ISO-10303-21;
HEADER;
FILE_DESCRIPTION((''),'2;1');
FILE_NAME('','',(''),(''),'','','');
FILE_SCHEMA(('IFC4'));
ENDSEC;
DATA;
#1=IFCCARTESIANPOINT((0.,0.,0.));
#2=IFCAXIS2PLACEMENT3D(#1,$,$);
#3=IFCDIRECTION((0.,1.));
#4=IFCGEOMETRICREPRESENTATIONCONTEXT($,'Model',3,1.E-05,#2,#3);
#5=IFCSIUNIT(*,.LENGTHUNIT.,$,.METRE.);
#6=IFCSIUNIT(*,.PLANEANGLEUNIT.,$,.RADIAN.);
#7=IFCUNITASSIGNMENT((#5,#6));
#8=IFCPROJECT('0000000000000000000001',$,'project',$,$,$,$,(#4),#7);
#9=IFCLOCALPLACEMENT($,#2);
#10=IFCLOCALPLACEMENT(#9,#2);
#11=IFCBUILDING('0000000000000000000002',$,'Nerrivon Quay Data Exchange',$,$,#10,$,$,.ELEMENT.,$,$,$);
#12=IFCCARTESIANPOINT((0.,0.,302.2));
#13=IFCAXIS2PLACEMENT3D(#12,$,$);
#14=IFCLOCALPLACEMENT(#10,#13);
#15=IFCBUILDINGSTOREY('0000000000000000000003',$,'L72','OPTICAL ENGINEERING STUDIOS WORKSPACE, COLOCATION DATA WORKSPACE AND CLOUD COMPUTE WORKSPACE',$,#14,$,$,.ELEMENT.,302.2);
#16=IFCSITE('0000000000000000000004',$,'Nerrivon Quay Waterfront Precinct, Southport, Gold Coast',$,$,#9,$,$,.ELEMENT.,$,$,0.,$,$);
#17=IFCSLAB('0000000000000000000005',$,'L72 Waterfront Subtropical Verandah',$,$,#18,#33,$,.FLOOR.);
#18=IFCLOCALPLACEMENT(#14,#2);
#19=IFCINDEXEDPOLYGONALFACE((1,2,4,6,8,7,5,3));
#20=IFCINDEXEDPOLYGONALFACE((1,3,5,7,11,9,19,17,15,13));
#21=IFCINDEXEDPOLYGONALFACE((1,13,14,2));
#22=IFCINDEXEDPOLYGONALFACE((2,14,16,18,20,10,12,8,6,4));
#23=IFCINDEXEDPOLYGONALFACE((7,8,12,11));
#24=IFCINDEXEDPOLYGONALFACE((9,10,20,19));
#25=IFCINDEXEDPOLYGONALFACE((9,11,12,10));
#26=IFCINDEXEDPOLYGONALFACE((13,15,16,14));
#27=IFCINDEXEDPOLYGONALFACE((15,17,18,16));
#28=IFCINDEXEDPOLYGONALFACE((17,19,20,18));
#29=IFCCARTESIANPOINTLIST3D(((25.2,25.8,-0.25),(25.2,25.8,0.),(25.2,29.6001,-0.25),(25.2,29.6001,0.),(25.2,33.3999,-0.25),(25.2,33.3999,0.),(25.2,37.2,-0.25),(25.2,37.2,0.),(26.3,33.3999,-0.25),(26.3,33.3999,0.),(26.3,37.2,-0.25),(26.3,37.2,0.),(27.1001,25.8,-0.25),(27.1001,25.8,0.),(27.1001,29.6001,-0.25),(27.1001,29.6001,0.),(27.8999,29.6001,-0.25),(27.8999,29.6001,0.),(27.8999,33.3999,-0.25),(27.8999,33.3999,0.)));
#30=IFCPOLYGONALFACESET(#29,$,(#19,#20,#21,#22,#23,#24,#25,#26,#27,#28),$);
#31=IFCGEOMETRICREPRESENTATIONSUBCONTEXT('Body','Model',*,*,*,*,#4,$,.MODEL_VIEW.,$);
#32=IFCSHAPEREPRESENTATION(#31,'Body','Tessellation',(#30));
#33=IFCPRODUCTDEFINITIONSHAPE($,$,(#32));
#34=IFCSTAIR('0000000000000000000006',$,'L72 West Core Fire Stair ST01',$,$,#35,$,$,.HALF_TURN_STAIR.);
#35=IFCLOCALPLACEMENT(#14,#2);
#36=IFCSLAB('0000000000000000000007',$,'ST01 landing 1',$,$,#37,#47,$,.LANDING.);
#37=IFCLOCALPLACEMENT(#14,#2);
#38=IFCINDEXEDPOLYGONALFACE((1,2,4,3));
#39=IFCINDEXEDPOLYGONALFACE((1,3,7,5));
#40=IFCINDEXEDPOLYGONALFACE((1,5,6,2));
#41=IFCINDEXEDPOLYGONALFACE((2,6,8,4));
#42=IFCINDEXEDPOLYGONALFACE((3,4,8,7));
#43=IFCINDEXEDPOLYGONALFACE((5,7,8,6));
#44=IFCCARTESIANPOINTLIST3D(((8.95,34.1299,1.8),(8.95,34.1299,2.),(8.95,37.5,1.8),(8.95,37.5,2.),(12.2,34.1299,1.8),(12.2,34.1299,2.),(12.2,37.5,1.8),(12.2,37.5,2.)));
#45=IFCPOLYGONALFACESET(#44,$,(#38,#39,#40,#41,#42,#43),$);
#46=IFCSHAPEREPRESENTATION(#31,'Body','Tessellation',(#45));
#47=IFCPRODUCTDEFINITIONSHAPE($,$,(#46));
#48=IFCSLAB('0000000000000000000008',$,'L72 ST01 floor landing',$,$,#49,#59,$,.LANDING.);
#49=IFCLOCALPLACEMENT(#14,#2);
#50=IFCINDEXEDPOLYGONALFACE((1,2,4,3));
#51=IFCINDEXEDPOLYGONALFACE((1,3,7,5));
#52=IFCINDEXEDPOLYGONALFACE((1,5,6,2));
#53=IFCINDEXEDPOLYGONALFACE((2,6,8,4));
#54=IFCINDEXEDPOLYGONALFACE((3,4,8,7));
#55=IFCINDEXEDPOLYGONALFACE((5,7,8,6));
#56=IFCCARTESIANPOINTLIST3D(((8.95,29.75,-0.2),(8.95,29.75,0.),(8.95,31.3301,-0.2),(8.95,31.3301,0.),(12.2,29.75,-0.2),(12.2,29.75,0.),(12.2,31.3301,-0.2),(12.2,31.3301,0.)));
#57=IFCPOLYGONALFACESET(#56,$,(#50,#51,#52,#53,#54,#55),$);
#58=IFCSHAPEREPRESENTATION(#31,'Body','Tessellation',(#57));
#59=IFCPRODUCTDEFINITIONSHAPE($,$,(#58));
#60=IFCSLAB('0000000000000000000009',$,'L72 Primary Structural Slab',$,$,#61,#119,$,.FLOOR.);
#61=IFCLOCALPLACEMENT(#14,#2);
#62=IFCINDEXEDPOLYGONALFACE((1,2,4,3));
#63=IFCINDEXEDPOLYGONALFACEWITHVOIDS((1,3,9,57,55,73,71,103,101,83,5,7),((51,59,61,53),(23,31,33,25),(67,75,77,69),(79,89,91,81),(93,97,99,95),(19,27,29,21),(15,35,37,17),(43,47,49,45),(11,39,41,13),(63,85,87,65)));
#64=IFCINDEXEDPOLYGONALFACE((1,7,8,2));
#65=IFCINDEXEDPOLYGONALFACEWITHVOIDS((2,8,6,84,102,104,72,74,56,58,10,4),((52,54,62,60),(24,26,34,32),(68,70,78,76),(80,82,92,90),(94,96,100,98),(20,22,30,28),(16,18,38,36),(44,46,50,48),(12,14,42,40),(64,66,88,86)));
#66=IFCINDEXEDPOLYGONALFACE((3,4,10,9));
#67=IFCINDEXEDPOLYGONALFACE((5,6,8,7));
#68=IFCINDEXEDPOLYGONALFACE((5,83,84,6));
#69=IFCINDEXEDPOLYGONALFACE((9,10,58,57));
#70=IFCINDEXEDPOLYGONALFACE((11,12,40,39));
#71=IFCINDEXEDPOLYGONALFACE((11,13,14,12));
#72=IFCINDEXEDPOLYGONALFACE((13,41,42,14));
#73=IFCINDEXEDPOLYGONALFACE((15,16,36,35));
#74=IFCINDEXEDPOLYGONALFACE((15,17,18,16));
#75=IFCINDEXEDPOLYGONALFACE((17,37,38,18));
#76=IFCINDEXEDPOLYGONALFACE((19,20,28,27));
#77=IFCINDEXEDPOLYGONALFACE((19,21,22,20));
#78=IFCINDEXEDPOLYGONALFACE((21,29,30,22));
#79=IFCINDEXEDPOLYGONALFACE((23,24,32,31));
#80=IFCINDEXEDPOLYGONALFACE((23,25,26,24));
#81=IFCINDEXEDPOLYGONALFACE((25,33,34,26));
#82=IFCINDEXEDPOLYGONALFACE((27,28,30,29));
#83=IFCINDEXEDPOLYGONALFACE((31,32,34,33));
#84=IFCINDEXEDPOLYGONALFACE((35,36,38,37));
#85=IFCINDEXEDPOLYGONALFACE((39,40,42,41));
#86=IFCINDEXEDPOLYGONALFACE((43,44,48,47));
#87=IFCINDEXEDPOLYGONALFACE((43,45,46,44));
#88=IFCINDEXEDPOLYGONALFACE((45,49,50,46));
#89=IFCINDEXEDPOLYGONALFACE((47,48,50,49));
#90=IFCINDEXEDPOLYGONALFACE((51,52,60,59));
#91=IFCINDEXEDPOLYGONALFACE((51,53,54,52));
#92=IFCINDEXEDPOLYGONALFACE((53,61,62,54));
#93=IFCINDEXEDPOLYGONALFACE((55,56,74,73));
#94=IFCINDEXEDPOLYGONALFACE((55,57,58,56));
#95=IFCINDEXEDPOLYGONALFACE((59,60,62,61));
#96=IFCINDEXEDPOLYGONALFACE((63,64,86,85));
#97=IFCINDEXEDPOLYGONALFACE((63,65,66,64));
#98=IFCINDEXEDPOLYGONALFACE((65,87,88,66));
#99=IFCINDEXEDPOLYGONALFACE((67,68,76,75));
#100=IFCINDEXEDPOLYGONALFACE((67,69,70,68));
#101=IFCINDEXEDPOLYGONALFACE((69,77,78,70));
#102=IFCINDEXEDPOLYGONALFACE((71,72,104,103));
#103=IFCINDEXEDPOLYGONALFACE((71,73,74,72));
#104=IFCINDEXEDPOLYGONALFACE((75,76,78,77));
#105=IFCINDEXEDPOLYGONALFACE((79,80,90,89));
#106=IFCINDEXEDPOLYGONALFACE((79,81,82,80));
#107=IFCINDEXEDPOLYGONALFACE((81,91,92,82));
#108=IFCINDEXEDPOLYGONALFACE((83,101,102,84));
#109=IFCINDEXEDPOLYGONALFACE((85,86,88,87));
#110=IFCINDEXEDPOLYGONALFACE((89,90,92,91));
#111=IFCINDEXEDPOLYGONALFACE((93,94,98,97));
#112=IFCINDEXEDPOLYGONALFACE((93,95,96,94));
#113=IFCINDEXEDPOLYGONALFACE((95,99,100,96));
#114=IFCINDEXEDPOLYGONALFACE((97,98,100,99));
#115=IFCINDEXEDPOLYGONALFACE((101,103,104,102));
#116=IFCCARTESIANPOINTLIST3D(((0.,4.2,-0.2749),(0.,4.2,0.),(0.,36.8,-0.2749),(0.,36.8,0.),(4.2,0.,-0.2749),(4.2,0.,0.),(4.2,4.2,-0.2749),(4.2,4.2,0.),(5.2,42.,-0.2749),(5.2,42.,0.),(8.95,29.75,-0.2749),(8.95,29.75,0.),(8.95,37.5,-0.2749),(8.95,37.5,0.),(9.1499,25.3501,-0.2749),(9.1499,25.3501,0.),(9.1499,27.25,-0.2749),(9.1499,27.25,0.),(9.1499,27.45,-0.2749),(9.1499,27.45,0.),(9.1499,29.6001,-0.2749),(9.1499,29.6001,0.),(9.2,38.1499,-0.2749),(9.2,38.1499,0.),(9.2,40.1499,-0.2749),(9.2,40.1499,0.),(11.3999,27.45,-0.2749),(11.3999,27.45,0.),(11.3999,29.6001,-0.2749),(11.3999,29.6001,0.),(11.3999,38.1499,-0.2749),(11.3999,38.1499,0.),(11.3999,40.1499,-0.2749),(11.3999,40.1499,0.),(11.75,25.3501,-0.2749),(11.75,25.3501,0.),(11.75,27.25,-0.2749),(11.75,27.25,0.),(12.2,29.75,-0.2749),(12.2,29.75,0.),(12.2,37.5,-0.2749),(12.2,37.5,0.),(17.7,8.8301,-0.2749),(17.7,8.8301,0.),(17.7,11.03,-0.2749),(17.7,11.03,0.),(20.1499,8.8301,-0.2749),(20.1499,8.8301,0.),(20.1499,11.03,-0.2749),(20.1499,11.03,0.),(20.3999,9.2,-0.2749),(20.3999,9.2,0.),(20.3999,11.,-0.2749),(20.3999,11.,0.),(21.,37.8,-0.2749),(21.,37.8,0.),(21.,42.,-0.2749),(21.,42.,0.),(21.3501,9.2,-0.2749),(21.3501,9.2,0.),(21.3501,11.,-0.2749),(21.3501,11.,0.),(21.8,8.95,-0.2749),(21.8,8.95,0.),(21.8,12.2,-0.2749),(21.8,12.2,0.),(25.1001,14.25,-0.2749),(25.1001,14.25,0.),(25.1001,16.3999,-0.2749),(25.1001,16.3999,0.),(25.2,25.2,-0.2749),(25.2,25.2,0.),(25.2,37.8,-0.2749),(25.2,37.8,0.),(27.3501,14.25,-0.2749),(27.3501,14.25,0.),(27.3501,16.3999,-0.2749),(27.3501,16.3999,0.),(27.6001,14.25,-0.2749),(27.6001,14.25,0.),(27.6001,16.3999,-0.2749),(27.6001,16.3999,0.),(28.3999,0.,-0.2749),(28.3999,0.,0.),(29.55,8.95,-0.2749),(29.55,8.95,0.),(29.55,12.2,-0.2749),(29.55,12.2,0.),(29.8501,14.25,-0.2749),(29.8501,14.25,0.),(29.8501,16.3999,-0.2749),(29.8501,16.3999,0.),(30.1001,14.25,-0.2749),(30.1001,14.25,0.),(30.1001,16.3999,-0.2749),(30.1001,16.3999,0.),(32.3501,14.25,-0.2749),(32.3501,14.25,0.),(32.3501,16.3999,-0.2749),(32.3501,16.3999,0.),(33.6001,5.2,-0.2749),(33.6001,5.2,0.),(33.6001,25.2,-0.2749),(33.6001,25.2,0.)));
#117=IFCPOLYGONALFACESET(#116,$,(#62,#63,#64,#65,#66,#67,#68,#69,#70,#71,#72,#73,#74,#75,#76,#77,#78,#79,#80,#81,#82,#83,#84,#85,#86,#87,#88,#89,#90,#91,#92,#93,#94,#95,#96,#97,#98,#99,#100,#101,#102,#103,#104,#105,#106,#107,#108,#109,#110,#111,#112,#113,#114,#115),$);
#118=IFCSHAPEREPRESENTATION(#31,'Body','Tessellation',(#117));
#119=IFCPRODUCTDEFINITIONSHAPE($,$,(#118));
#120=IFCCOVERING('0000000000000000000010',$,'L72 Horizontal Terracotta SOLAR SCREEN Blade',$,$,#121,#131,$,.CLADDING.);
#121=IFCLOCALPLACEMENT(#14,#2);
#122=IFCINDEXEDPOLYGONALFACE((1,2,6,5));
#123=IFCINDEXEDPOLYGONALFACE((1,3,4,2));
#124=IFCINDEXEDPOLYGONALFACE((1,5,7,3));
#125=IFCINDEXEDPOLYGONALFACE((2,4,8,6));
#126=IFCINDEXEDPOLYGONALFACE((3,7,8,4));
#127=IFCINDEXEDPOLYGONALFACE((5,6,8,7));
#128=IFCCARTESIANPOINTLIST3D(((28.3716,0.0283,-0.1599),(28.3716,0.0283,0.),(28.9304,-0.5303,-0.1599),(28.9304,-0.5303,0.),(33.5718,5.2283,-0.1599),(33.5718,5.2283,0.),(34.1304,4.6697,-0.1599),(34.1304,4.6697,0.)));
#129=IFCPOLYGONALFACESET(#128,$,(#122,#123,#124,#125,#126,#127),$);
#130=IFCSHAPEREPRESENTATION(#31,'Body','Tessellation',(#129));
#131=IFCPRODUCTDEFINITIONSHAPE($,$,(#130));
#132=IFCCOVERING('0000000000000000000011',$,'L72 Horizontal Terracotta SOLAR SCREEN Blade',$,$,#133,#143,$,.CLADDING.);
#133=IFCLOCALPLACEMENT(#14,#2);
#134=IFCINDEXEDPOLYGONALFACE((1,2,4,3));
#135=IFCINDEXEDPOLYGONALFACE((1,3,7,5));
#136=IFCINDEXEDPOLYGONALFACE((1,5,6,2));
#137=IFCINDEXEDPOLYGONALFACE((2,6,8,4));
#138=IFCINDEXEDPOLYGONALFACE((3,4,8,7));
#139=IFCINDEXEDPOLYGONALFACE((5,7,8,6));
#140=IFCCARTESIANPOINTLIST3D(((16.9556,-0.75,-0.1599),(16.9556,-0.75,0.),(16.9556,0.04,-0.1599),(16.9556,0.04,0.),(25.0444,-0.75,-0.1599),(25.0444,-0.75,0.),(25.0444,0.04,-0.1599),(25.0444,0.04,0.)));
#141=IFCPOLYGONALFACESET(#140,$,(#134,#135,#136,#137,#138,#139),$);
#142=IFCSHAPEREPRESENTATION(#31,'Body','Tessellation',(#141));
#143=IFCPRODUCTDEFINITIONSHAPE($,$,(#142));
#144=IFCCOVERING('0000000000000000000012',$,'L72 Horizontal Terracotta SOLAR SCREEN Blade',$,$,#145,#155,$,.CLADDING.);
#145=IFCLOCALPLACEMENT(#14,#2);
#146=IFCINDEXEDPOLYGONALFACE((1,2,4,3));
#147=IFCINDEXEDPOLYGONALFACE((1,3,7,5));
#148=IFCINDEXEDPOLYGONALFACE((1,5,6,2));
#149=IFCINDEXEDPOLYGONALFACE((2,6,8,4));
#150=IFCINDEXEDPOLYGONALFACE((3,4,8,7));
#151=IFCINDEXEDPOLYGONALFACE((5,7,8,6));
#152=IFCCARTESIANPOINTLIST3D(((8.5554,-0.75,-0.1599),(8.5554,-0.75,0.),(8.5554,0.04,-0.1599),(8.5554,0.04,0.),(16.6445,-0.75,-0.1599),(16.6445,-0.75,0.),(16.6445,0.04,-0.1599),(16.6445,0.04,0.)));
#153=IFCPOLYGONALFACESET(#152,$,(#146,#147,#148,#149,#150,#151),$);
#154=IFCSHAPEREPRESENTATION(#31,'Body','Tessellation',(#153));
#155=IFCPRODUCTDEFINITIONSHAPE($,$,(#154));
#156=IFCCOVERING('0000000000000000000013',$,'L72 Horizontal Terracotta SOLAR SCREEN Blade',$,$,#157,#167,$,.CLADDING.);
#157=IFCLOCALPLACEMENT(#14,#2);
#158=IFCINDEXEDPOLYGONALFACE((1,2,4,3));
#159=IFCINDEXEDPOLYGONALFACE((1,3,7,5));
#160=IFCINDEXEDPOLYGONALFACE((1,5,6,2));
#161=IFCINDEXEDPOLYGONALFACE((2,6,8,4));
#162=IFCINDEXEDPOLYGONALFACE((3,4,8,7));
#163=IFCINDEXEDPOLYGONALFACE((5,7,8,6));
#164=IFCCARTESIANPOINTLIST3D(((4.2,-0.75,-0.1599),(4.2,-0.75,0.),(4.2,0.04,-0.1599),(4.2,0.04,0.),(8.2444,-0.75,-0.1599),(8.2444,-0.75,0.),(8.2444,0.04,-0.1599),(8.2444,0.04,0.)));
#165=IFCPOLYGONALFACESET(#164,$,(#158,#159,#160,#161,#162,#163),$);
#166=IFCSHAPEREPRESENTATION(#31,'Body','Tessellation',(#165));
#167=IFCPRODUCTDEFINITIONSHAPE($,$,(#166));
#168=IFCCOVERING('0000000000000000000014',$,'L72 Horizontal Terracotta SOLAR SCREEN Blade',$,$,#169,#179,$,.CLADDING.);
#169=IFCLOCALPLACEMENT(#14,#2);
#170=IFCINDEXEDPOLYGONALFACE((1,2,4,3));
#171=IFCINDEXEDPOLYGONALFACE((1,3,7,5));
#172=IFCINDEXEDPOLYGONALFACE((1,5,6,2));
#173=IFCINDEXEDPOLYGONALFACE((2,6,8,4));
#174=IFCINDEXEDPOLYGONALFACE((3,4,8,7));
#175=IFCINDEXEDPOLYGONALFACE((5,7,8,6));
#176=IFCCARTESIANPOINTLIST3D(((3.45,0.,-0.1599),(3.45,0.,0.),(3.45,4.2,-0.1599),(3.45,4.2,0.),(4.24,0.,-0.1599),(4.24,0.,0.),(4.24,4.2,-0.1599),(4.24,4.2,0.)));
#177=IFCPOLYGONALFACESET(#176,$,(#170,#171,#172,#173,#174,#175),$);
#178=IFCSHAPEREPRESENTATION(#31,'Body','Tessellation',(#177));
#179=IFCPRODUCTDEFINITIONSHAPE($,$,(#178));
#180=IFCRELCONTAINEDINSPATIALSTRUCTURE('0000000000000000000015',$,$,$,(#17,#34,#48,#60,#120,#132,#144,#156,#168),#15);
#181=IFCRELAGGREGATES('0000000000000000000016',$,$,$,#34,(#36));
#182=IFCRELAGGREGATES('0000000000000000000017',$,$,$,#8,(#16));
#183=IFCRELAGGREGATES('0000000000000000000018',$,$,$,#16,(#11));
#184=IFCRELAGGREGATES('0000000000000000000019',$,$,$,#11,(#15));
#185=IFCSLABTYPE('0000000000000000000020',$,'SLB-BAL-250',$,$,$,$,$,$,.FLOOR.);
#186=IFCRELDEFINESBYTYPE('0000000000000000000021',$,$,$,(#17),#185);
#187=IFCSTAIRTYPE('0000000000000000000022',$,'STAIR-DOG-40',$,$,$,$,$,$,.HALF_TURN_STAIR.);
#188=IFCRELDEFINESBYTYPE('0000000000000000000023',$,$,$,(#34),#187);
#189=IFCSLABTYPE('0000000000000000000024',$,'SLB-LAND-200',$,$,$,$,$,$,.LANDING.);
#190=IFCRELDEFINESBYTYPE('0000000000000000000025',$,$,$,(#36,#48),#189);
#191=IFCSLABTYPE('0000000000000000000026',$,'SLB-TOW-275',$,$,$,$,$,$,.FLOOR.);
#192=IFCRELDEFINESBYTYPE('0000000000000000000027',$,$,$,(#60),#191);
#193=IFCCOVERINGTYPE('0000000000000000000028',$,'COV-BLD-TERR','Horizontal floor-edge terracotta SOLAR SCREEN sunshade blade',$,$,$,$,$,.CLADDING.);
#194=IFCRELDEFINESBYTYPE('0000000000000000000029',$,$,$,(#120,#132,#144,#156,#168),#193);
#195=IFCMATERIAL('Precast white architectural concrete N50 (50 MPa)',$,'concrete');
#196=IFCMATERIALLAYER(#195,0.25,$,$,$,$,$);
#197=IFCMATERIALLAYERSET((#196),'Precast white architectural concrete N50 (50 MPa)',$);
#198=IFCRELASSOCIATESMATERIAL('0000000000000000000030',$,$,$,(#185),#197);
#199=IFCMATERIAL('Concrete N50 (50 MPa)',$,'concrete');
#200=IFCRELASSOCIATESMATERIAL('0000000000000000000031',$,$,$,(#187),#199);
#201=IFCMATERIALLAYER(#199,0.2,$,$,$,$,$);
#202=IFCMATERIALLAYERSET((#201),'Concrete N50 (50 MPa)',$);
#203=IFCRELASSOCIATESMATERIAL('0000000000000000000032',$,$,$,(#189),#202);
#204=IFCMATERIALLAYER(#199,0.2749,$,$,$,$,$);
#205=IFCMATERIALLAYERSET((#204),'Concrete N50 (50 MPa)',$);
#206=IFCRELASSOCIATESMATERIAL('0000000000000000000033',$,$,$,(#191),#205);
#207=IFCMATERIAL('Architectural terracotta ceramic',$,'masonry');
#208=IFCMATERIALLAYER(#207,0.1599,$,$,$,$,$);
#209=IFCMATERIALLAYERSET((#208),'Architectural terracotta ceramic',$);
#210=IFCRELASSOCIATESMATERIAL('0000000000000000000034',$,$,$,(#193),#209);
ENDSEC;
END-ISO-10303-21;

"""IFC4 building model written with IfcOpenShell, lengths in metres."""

from ifc_helpers import new_model, si_unit, direction, frame, origin, place, context, subcontext, project, spatial, polyline, outline, extrude, material, layer, layer_set, type_object, element, aggregate, save


model = new_model("IFC4")

# Units and contexts
model_context = context("Model", 3, precision=1e-05, world=origin(), true_north=direction((0.0, 1.0)))
body_context = subcontext(model_context, "Body", "Model", "MODEL_VIEW")
ifc_project = project(units=[si_unit("LENGTHUNIT", "METRE"), si_unit("PLANEANGLEUNIT", "RADIAN")], contexts=[model_context])

# Site, building, storey
site_placement = place(None, origin())
site = spatial("IfcSite", under=ifc_project, at=site_placement, Name="Nerrivon Quay Waterfront Precinct, Southport, Gold Coast", CompositionType="ELEMENT", RefElevation=0.0)
building_placement = place(site_placement, origin())
building = spatial("IfcBuilding", under=site, at=building_placement, Name="Nerrivon Quay Data Exchange", CompositionType="ELEMENT")
storey_placement = place(building_placement, frame((0.0, 0.0, 302.2)))
storey = spatial("IfcBuildingStorey", under=building, at=storey_placement, Name="L72", Description="OPTICAL ENGINEERING STUDIOS WORKSPACE, COLOCATION DATA WORKSPACE AND CLOUD COMPUTE WORKSPACE", CompositionType="ELEMENT", Elevation=302.2)

# Slab
ifc_material_1 = material(Name="Precast white architectural concrete N50 (50 MPa)", Category="concrete")
ifc_layer_1 = layer(ifc_material_1, 0.25)
ifc_layer_set_1 = layer_set([ifc_layer_1], Name="Precast white architectural concrete N50 (50 MPa)")
slab_type_1 = type_object("IfcSlabType", Name="SLB-BAL-250", PredefinedType="FLOOR", material=ifc_layer_set_1)
slab_1_placement = place(storey_placement, frame((0.0, 0.0, -0.25)))
element("IfcSlab", 1, at=slab_1_placement, inside=storey, type_object=slab_type_1, Name="L72 Waterfront Subtropical Verandah", PredefinedType="FLOOR", context=body_context, shape_type="SweptSolid", body=[
    extrude(outline(polyline([(27.1001, 29.6001), (27.8999, 29.6001), (27.8999, 33.3999), (26.3, 33.3999), (26.3, 37.2), (25.2, 37.2), (25.2, 33.3999), (25.2, 29.6001), (25.2, 25.8), (27.1001, 25.8), (27.1001, 29.6001)])), origin(), (0.0, 0.0, 1.0), 0.25),
])

# Stair, slab
ifc_material_2 = material(Name="Concrete N50 (50 MPa)", Category="concrete")
stair_type = type_object("IfcStairType", Name="STAIR-DOG-40", PredefinedType="HALF_TURN_STAIR", material=ifc_material_2)
stair_placement = place(storey_placement, origin())
stair = element("IfcStair", 2, at=stair_placement, inside=storey, type_object=stair_type, Name="L72 West Core Fire Stair ST01", PredefinedType="HALF_TURN_STAIR")
ifc_layer_2 = layer(ifc_material_2, 0.2)
ifc_layer_set_2 = layer_set([ifc_layer_2], Name="Concrete N50 (50 MPa)")
slab_type_2 = type_object("IfcSlabType", Name="SLB-LAND-200", PredefinedType="LANDING", material=ifc_layer_set_2)
slab_2_placement = place(storey_placement, frame((0.0, 0.0, 1.8)))
slab_2 = element("IfcSlab", 3, at=slab_2_placement, type_object=slab_type_2, Name="ST01 landing 1", PredefinedType="LANDING", context=body_context, shape_type="SweptSolid", body=[
    extrude(outline(polyline([(12.2, 34.1299), (12.2, 37.5), (8.95, 37.5), (8.95, 34.1299), (12.2, 34.1299)])), origin(), (0.0, 0.0, 1.0), 0.2),
])
aggregate(stair, [slab_2])

# Slabs
slab_3_placement = place(storey_placement, frame((0.0, 0.0, -0.2)))
element("IfcSlab", 4, at=slab_3_placement, inside=storey, type_object=slab_type_2, Name="L72 ST01 floor landing", PredefinedType="LANDING", context=body_context, shape_type="SweptSolid", body=[
    extrude(outline(polyline([(12.2, 29.75), (12.2, 31.3301), (8.95, 31.3301), (8.95, 29.75), (12.2, 29.75)])), origin(), (0.0, 0.0, 1.0), 0.2),
])
ifc_layer_3 = layer(ifc_material_2, 0.2749)
ifc_layer_set_3 = layer_set([ifc_layer_3], Name="Concrete N50 (50 MPa)")
slab_type_3 = type_object("IfcSlabType", Name="SLB-TOW-275", PredefinedType="FLOOR", material=ifc_layer_set_3)
slab_4_placement = place(storey_placement, frame((0.0, 0.0, -0.2749)))
element("IfcSlab", 5, at=slab_4_placement, inside=storey, type_object=slab_type_3, Name="L72 Primary Structural Slab", PredefinedType="FLOOR", context=body_context, shape_type="SweptSolid", body=[
    extrude(outline(polyline([(33.6001, 25.2), (25.2, 25.2), (25.2, 37.8), (21.0, 37.8), (21.0, 42.0), (5.2, 42.0), (0.0, 36.8), (0.0, 4.2), (4.2, 4.2), (4.2, 0.0), (28.3999, 0.0), (33.6001, 5.2), (33.6001, 25.2)]), holes=[polyline([(8.95, 29.75), (8.95, 37.5), (12.2, 37.5), (12.2, 29.75), (8.95, 29.75)]), polyline([(21.8, 12.2), (29.55, 12.2), (29.55, 8.95), (21.8, 8.95), (21.8, 12.2)]), polyline([(30.1001, 14.25), (30.1001, 16.3999), (32.3501, 16.3999), (32.3501, 14.25), (30.1001, 14.25)]), polyline([(27.6001, 14.25), (27.6001, 16.3999), (29.8501, 16.3999), (29.8501, 14.25), (27.6001, 14.25)]), polyline([(25.1001, 14.25), (25.1001, 16.3999), (27.3501, 16.3999), (27.3501, 14.25), (25.1001, 14.25)]), polyline([(20.3999, 9.2), (20.3999, 11.0), (21.3501, 11.0), (21.3501, 9.2), (20.3999, 9.2)]), polyline([(17.7, 8.8301), (17.7, 11.03), (20.1499, 11.03), (20.1499, 8.8301), (17.7, 8.8301)]), polyline([(9.1499, 25.3501), (9.1499, 27.25), (11.75, 27.25), (11.75, 25.3501), (9.1499, 25.3501)]), polyline([(9.1499, 27.45), (9.1499, 29.6001), (11.3999, 29.6001), (11.3999, 27.45), (9.1499, 27.45)]), polyline([(9.2, 38.1499), (9.2, 40.1499), (11.3999, 40.1499), (11.3999, 38.1499), (9.2, 38.1499)])]), origin(), (0.0, 0.0, 1.0), 0.2749),
])

# Coverings
ifc_material_3 = material(Name="Architectural terracotta ceramic", Category="masonry")
ifc_layer_4 = layer(ifc_material_3, 0.1599)
ifc_layer_set_4 = layer_set([ifc_layer_4], Name="Architectural terracotta ceramic")
covering_type = type_object("IfcCoveringType", Name="COV-BLD-TERR", Description="Horizontal floor-edge terracotta SOLAR SCREEN sunshade blade", PredefinedType="CLADDING", material=ifc_layer_set_4)
covering_1_placement = place(storey_placement, frame((0.0, 0.0, -0.1599)))
element("IfcCovering", 6, at=covering_1_placement, inside=storey, type_object=covering_type, Name="L72 Horizontal Terracotta SOLAR SCREEN Blade", PredefinedType="CLADDING", context=body_context, shape_type="SweptSolid", body=[
    extrude(outline(polyline([(33.5718, 5.2283), (28.3716, 0.0283), (28.9304, -0.5303), (34.1304, 4.6697), (33.5718, 5.2283)])), origin(), (0.0, 0.0, 1.0), 0.1599),
])
covering_2_placement = place(storey_placement, frame((0.0, 0.0, -0.1599)))
element("IfcCovering", 7, at=covering_2_placement, inside=storey, type_object=covering_type, Name="L72 Horizontal Terracotta SOLAR SCREEN Blade", PredefinedType="CLADDING", context=body_context, shape_type="SweptSolid", body=[
    extrude(outline(polyline([(25.0444, 0.04), (16.9556, 0.04), (16.9556, -0.75), (25.0444, -0.75), (25.0444, 0.04)])), origin(), (0.0, 0.0, 1.0), 0.1599),
])
covering_3_placement = place(storey_placement, frame((0.0, 0.0, -0.1599)))
element("IfcCovering", 8, at=covering_3_placement, inside=storey, type_object=covering_type, Name="L72 Horizontal Terracotta SOLAR SCREEN Blade", PredefinedType="CLADDING", context=body_context, shape_type="SweptSolid", body=[
    extrude(outline(polyline([(16.6445, 0.04), (8.5554, 0.04), (8.5554, -0.75), (16.6445, -0.75), (16.6445, 0.04)])), origin(), (0.0, 0.0, 1.0), 0.1599),
])
covering_4_placement = place(storey_placement, frame((0.0, 0.0, -0.1599)))
element("IfcCovering", 9, at=covering_4_placement, inside=storey, type_object=covering_type, Name="L72 Horizontal Terracotta SOLAR SCREEN Blade", PredefinedType="CLADDING", context=body_context, shape_type="SweptSolid", body=[
    extrude(outline(polyline([(8.2444, 0.04), (4.2, 0.04), (4.2, -0.75), (8.2444, -0.75), (8.2444, 0.04)])), origin(), (0.0, 0.0, 1.0), 0.1599),
])
covering_5_placement = place(storey_placement, frame((0.0, 0.0, -0.1599)))
element("IfcCovering", 10, at=covering_5_placement, inside=storey, type_object=covering_type, Name="L72 Horizontal Terracotta SOLAR SCREEN Blade", PredefinedType="CLADDING", context=body_context, shape_type="SweptSolid", body=[
    extrude(outline(polyline([(4.24, 0.0), (4.24, 4.2), (3.45, 4.2), (3.45, 0.0), (4.24, 0.0)])), origin(), (0.0, 0.0, 1.0), 0.1599),
])

save(model, "model.ifc")
